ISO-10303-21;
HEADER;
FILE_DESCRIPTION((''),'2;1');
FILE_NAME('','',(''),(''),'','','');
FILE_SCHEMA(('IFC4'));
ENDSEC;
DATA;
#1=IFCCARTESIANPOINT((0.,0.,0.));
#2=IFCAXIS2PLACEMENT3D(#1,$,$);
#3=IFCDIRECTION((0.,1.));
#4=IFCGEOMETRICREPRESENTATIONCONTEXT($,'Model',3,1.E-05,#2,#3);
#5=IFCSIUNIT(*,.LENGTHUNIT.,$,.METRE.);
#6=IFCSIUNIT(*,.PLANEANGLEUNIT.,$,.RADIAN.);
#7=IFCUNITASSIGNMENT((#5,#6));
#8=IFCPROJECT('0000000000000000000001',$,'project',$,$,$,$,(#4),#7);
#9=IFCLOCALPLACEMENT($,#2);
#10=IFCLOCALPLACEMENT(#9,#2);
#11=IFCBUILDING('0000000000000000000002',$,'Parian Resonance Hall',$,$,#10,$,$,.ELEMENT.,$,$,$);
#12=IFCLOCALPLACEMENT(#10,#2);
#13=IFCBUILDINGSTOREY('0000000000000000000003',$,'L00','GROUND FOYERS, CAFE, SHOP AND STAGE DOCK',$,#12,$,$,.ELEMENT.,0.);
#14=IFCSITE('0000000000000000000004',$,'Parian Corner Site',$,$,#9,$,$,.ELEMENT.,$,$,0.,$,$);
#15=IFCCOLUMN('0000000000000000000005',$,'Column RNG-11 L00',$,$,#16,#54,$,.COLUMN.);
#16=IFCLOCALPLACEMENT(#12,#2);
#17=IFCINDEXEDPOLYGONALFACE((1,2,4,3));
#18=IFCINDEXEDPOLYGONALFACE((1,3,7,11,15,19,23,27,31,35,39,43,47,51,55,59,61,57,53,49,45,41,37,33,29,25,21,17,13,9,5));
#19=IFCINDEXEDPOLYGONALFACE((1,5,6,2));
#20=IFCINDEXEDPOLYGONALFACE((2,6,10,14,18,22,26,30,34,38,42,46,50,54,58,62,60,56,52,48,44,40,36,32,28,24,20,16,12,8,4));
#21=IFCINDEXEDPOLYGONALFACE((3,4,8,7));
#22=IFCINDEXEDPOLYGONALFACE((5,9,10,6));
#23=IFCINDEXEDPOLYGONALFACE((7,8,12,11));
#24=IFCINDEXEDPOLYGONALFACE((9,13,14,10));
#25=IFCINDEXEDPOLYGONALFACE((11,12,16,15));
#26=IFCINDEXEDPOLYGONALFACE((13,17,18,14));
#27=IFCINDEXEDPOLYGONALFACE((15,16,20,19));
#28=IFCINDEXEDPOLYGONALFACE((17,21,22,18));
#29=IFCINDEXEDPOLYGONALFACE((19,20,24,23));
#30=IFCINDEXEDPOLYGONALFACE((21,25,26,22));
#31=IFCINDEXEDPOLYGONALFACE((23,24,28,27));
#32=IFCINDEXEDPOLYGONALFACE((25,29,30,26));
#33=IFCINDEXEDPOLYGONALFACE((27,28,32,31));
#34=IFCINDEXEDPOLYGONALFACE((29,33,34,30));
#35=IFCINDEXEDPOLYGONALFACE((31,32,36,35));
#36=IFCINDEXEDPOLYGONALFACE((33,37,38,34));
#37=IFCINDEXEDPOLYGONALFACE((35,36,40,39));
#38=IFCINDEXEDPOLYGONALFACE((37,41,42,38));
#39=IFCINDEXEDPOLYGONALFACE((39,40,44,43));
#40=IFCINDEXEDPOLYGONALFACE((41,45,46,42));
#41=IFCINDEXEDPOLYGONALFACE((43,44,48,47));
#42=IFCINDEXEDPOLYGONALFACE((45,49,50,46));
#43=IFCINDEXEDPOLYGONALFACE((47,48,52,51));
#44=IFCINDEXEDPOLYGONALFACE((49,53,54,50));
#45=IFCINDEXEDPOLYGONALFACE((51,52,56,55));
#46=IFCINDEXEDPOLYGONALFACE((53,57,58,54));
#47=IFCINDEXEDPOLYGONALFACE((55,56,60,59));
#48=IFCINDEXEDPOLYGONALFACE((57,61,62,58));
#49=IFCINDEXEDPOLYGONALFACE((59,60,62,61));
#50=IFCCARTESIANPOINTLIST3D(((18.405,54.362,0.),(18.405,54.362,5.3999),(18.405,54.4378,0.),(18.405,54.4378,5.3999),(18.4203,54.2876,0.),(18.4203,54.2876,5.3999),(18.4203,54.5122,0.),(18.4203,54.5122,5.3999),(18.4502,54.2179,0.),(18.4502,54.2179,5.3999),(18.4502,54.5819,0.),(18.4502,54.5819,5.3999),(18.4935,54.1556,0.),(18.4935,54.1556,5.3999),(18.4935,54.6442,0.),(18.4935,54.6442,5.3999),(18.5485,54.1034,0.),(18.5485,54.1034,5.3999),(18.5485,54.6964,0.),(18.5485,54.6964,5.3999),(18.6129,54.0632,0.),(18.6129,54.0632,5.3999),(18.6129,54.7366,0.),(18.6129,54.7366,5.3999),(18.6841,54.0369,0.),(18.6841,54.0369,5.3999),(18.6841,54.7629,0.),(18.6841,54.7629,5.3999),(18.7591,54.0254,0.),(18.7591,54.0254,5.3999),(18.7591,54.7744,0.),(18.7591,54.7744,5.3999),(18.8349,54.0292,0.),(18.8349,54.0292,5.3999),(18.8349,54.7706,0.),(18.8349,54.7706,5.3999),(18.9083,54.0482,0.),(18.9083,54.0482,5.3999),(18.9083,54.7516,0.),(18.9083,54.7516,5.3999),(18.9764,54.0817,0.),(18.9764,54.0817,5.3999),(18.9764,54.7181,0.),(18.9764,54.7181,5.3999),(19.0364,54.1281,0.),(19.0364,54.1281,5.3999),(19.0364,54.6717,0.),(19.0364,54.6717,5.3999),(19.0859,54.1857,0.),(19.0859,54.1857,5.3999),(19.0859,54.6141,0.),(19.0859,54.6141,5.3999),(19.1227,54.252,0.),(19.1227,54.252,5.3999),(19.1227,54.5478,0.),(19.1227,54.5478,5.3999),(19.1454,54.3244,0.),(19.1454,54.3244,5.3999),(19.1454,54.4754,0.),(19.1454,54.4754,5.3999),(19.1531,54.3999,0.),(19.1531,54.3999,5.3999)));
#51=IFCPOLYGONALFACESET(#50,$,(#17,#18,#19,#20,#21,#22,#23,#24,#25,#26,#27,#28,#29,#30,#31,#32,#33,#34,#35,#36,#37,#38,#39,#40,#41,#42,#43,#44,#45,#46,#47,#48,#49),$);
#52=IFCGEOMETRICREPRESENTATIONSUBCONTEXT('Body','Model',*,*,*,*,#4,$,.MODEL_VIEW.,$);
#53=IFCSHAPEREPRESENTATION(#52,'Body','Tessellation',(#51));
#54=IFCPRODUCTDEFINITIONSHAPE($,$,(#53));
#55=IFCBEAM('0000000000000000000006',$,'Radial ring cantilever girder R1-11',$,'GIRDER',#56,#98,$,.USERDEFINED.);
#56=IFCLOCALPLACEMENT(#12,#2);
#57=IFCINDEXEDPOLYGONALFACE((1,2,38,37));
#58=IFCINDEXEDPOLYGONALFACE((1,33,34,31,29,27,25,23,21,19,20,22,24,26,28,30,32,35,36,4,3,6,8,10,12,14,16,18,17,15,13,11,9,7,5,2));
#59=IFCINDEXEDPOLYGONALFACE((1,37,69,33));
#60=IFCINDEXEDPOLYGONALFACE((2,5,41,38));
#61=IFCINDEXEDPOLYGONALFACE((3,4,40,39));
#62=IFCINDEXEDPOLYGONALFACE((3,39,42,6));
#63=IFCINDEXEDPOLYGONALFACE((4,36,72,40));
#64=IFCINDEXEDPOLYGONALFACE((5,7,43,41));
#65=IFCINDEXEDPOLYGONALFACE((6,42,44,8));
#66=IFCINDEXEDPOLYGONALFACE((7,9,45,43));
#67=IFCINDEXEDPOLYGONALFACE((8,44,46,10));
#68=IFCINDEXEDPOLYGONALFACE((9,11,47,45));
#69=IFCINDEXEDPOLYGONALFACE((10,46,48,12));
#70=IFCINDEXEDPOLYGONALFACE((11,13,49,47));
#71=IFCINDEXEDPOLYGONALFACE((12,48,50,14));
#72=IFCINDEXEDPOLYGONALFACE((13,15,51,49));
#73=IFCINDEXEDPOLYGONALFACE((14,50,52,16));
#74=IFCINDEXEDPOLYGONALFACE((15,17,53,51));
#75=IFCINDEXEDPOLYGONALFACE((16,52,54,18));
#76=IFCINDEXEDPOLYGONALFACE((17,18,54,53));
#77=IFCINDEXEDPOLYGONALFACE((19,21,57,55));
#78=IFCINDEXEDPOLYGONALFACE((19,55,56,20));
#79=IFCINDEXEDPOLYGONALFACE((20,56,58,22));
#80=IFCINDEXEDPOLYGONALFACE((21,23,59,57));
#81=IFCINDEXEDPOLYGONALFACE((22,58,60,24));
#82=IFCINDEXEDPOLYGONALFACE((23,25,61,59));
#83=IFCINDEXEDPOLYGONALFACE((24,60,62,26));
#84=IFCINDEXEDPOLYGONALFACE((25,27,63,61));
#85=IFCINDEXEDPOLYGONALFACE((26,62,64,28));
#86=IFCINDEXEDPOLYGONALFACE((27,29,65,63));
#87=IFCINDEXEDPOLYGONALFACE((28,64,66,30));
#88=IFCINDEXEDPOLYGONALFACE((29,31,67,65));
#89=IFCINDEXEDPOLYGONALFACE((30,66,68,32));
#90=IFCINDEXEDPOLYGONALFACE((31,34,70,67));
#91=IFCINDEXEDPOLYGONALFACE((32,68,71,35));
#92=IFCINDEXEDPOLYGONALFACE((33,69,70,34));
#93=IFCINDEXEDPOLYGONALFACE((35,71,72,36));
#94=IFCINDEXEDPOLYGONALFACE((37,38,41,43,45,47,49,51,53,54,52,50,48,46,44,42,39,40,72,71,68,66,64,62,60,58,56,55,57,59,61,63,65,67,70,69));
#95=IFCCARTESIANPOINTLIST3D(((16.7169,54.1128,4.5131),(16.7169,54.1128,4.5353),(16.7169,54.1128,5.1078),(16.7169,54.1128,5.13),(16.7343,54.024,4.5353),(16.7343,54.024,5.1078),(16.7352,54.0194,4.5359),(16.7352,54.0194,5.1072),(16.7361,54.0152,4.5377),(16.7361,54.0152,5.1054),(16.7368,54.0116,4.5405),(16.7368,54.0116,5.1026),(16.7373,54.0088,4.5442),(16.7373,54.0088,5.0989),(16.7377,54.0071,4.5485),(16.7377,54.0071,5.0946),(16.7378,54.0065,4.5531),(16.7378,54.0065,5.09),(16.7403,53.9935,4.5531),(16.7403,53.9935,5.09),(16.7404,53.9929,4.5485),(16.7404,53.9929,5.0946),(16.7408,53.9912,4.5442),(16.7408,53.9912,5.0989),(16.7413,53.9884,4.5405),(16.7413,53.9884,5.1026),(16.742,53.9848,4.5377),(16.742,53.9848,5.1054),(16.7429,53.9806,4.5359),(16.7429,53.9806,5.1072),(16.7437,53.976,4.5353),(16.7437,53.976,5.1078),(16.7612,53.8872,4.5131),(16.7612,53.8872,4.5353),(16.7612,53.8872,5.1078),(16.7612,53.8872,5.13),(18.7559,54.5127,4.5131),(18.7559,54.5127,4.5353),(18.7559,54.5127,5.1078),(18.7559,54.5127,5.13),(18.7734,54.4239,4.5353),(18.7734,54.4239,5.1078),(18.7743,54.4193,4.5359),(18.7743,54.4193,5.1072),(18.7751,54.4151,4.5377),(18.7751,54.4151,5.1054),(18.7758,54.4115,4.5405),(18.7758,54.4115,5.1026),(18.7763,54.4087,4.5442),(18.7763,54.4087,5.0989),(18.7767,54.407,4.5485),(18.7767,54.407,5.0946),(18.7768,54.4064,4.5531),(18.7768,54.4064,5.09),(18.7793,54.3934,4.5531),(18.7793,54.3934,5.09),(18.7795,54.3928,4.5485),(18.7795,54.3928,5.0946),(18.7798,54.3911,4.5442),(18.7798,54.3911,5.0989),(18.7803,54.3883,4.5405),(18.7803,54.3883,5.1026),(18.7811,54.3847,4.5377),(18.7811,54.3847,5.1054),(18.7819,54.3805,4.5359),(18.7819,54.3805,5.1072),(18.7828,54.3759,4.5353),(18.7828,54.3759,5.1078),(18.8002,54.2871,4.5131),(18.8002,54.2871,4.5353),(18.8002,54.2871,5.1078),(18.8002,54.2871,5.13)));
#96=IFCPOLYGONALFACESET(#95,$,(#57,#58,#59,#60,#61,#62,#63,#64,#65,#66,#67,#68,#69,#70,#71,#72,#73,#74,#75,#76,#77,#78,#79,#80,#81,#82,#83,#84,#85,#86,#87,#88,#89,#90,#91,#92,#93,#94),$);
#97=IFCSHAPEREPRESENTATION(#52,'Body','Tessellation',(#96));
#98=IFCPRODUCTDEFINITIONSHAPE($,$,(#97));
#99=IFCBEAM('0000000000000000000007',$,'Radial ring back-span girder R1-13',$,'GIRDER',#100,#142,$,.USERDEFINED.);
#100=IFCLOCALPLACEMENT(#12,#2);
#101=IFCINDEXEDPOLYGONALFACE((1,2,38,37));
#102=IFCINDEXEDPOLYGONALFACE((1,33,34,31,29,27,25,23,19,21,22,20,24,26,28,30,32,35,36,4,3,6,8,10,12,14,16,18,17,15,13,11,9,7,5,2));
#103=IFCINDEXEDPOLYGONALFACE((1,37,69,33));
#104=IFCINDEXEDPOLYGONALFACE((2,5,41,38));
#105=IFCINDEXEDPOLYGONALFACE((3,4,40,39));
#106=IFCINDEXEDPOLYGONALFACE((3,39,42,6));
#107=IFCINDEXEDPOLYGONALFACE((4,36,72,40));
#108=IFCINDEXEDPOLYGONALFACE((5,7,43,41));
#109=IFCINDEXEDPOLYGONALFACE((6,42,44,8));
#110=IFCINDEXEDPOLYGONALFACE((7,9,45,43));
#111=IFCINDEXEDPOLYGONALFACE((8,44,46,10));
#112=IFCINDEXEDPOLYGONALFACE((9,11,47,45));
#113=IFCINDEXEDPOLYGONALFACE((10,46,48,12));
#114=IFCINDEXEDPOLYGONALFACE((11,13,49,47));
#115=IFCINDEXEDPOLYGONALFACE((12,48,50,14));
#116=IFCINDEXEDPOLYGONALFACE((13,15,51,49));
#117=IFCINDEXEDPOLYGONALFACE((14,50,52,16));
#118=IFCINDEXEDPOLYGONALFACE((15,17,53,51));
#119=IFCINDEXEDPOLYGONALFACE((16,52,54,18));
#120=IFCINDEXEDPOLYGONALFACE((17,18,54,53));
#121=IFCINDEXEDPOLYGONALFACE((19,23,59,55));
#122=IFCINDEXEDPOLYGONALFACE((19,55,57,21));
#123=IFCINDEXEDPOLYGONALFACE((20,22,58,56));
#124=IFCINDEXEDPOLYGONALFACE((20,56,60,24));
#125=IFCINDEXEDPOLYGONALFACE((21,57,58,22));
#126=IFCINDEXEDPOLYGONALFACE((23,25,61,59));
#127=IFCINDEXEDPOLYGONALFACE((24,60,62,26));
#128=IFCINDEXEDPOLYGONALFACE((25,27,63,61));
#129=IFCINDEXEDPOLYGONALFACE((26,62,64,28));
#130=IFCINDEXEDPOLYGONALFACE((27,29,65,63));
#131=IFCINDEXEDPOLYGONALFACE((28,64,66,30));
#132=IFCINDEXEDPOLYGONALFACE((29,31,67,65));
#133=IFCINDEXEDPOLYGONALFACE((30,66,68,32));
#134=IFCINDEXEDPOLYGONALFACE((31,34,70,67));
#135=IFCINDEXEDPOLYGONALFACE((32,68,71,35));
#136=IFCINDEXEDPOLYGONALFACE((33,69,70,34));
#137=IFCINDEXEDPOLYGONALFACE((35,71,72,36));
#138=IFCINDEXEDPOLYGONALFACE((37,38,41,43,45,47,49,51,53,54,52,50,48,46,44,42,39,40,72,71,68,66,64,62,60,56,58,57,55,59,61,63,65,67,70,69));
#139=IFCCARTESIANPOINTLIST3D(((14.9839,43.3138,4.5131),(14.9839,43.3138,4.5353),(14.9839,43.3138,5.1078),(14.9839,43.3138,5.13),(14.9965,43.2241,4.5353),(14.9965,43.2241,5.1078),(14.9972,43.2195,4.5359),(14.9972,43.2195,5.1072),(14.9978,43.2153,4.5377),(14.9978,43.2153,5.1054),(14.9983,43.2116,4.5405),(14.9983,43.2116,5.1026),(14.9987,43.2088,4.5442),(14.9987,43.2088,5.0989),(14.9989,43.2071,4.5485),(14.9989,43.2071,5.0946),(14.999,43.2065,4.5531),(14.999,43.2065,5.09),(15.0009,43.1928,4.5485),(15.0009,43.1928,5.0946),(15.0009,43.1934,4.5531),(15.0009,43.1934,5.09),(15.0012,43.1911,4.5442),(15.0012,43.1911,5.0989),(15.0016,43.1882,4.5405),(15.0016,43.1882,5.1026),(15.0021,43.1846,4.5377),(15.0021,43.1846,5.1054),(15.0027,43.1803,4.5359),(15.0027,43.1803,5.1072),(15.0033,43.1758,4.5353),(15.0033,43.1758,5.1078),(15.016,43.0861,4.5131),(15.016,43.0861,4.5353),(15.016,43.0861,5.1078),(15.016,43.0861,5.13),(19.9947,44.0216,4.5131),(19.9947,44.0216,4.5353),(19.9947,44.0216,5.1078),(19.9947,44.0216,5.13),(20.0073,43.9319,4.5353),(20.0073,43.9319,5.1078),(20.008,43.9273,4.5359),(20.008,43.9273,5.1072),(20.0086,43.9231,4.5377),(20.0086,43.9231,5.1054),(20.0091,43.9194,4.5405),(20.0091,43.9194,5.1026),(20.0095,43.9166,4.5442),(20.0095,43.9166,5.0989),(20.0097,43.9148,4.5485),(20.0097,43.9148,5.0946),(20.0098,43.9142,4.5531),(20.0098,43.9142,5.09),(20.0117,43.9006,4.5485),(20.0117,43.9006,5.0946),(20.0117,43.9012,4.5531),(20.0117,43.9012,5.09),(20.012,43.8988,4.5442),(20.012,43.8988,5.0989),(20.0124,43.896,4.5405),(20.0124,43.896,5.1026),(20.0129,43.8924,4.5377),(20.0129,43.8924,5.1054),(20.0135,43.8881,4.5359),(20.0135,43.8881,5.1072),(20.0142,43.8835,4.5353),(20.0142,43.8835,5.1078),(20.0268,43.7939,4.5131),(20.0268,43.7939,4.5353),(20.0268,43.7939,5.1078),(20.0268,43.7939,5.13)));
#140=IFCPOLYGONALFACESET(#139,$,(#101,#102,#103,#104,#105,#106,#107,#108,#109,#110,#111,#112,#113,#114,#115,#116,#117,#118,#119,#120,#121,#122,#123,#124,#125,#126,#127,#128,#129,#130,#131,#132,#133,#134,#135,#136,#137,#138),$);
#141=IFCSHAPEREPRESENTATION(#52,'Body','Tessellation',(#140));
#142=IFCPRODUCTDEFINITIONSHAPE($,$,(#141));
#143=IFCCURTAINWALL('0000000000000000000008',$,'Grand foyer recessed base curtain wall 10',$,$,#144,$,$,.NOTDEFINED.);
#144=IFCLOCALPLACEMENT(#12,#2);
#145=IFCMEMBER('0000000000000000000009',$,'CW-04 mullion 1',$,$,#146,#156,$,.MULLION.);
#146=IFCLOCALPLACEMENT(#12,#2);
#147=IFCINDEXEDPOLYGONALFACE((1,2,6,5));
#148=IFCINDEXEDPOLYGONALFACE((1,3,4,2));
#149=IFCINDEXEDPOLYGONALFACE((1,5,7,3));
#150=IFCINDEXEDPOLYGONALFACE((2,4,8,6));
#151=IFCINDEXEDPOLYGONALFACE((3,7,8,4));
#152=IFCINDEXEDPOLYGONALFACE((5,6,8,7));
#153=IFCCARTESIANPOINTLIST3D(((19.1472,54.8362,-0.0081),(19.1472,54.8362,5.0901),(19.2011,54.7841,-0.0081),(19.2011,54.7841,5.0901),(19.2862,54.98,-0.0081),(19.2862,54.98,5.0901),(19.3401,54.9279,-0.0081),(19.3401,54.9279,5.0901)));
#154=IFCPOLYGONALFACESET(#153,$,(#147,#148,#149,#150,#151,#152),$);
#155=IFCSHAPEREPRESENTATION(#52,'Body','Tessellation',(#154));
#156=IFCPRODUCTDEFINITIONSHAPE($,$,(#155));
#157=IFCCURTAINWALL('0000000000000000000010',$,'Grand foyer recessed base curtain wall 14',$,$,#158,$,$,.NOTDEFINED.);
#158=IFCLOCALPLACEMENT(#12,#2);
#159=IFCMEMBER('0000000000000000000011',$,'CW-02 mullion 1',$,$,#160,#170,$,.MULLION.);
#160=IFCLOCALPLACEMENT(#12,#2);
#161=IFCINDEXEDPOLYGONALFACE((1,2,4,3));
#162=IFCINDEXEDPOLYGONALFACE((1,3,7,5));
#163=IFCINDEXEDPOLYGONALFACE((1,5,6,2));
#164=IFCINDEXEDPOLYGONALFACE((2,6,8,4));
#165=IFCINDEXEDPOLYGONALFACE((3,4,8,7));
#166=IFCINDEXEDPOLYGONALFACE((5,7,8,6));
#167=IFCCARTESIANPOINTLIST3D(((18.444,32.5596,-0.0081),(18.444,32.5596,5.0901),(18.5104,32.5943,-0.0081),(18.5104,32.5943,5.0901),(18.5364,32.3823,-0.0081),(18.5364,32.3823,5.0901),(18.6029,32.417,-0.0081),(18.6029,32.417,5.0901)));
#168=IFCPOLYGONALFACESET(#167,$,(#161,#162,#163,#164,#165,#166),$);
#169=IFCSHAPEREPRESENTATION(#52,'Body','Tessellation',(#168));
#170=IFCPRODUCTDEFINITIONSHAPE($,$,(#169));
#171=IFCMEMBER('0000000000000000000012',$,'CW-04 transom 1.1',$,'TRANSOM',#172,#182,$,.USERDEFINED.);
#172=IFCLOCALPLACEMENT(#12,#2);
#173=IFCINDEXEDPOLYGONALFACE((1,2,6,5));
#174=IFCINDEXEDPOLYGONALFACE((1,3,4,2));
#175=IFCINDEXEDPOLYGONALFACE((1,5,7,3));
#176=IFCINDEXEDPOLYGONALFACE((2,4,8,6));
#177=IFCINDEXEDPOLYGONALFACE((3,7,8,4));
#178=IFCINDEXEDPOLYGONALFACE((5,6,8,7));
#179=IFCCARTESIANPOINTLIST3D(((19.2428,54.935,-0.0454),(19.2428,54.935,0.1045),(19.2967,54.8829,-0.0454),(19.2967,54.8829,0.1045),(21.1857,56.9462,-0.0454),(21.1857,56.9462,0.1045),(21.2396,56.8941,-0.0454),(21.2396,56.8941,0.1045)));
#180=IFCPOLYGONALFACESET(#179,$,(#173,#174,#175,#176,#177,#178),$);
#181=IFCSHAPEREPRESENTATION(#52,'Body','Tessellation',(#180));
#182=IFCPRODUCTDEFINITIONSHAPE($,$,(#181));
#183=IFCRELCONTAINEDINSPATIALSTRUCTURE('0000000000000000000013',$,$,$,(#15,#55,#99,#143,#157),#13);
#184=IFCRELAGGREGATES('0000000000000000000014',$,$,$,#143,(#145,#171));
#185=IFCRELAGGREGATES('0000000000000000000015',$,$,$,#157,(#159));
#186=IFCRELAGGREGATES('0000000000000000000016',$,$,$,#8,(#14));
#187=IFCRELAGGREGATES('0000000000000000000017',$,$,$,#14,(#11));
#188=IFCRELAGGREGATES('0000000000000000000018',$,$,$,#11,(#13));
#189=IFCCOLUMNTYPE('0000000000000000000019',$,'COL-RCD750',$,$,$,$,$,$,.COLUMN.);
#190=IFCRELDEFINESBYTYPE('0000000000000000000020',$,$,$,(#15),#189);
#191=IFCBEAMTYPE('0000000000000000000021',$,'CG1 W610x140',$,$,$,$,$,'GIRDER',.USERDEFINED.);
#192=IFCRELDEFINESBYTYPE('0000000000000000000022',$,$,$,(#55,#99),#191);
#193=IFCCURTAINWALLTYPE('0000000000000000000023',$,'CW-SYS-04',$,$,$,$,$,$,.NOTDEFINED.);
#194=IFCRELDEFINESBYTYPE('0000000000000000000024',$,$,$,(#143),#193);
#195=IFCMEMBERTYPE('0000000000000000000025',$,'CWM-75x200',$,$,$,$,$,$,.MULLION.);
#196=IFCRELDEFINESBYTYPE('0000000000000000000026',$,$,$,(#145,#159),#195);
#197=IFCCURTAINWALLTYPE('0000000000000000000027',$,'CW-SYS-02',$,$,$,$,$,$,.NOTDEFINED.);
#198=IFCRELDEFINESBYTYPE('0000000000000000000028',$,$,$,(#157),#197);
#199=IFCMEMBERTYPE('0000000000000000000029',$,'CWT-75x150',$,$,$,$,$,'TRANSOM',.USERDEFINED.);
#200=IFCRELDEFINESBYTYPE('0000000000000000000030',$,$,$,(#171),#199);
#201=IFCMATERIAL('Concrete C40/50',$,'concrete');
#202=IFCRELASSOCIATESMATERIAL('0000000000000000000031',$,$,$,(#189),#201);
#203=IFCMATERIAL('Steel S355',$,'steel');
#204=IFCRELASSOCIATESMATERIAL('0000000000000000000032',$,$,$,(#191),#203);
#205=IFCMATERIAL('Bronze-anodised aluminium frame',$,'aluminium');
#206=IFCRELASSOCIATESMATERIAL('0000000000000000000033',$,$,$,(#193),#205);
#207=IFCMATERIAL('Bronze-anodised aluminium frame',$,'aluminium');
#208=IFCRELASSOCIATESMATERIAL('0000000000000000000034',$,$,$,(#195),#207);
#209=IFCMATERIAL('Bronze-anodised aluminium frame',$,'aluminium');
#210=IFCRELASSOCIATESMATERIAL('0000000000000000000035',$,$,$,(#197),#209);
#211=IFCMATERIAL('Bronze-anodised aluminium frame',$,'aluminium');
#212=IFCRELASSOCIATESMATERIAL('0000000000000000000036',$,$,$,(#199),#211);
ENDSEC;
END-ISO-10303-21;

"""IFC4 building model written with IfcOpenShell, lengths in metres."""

from ifc_helpers import new_model, si_unit, direction, frame, origin, origin_2d, place, context, subcontext, project, spatial, rectangle, circle, i_section, extrude, material, material_profile, profile_set, type_object, element, aggregate, save


model = new_model("IFC4")

# Units and contexts
model_context = context("Model", 3, precision=1e-05, world=origin(), true_north=direction((0.0, 1.0)))
body_context = subcontext(model_context, "Body", "Model", "MODEL_VIEW")
ifc_project = project(units=[si_unit("LENGTHUNIT", "METRE"), si_unit("PLANEANGLEUNIT", "RADIAN")], contexts=[model_context])

# Site, building, storey
site_placement = place(None, origin())
site = spatial("IfcSite", under=ifc_project, at=site_placement, Name="Parian Corner Site", CompositionType="ELEMENT", RefElevation=0.0)
building_placement = place(site_placement, origin())
building = spatial("IfcBuilding", under=site, at=building_placement, Name="Parian Resonance Hall", CompositionType="ELEMENT")
storey_placement = place(building_placement, origin())
storey = spatial("IfcBuildingStorey", under=building, at=storey_placement, Name="L00", Description="GROUND FOYERS, CAFE, SHOP AND STAGE DOCK", CompositionType="ELEMENT", Elevation=0.0)

# Column
ifc_material_1 = material(Name="Concrete C40/50", Category="concrete")
ifc_material_profile_1 = material_profile(ifc_material_1, circle(Radius=0.375, at=origin_2d()), Name="RC-COL-D750")
ifc_profile_set_1 = profile_set([ifc_material_profile_1], Name="Concrete C40/50")
column_type = type_object("IfcColumnType", Name="COL-RCD750", PredefinedType="COLUMN", material=ifc_profile_set_1)
column_placement = place(storey_placement, frame((18.7781, 54.3999, 0.0), z_axis=(0.0, 0.0, 1.0), x_axis=(1.0, 0.0, 0.0)))
element("IfcColumn", 1, at=column_placement, inside=storey, type_object=column_type, Name="Column RNG-11 L00", PredefinedType="COLUMN", context=body_context, shape_type="SweptSolid", body=[
    extrude(circle(Radius=0.375, at=origin_2d()), origin(), (0.0, 0.0, 1.0), 5.3999),
])

# Beams
ifc_material_2 = material(Name="Steel S355", Category="steel")
ifc_material_profile_2 = material_profile(ifc_material_2, i_section(OverallWidth=0.23, OverallDepth=0.6169, WebThickness=0.0132, FlangeThickness=0.0222, FilletRadius=0.0178, at=origin_2d()), Name="W610x140")
ifc_profile_set_2 = profile_set([ifc_material_profile_2], Name="Steel S355")
beam_type = type_object("IfcBeamType", Name="CG1 W610x140", ElementType="GIRDER", PredefinedType="USERDEFINED", material=ifc_profile_set_2)
beam_1_placement = place(storey_placement, frame((18.7781, 54.3999, 4.8215), z_axis=(-0.981306, -0.192454, 0.0), x_axis=(0.192454, -0.981306, 0.0)))
element("IfcBeam", 2, at=beam_1_placement, inside=storey, type_object=beam_type, Name="Radial ring cantilever girder R1-11", ObjectType="GIRDER", PredefinedType="USERDEFINED", context=body_context, shape_type="SweptSolid", body=[
    extrude(i_section(OverallWidth=0.23, OverallDepth=0.6169, WebThickness=0.0132, FlangeThickness=0.0222, FilletRadius=0.0178, at=origin_2d()), origin(), (0.0, 0.0, 1.0), 2.0779),
])
beam_2_placement = place(storey_placement, frame((20.0107, 43.9077, 4.8215), z_axis=(-0.990171, -0.139861, 0.0), x_axis=(0.139861, -0.990171, 0.0)))
element("IfcBeam", 3, at=beam_2_placement, inside=storey, type_object=beam_type, Name="Radial ring back-span girder R1-13", ObjectType="GIRDER", PredefinedType="USERDEFINED", context=body_context, shape_type="SweptSolid", body=[
    extrude(i_section(OverallWidth=0.23, OverallDepth=0.6169, WebThickness=0.0132, FlangeThickness=0.0222, FilletRadius=0.0178, at=origin_2d()), origin(), (0.0, 0.0, 1.0), 5.0605),
])

# Curtain walls, members
ifc_material_3 = material(Name="Bronze-anodised aluminium frame", Category="aluminium")
curtain_wall_type_1 = type_object("IfcCurtainWallType", Name="CW-SYS-04", PredefinedType="NOTDEFINED", material=ifc_material_3)
curtain_wall_1_placement = place(storey_placement, origin())
curtain_wall_1 = element("IfcCurtainWall", 4, at=curtain_wall_1_placement, inside=storey, type_object=curtain_wall_type_1, Name="Grand foyer recessed base curtain wall 10", PredefinedType="NOTDEFINED")
ifc_material_4 = material(Name="Bronze-anodised aluminium frame", Category="aluminium")
ifc_material_profile_3 = material_profile(ifc_material_4, rectangle(XDim=0.075, YDim=0.2, at=origin_2d()), Name="CWM-75x200")
ifc_profile_set_3 = profile_set([ifc_material_profile_3], Name="Bronze-anodised aluminium frame")
member_type_1 = type_object("IfcMemberType", Name="CWM-75x200", PredefinedType="MULLION", material=ifc_profile_set_3)
member_1_placement = place(storey_placement, frame((19.2437, 54.8821, -0.0081), z_axis=(0.0, 0.0, 1.0), x_axis=(-0.719223, 0.69478, 0.0)))
member_1 = element("IfcMember", 5, at=member_1_placement, type_object=member_type_1, Name="CW-04 mullion 1", PredefinedType="MULLION", context=body_context, shape_type="SweptSolid", body=[
    extrude(rectangle(XDim=0.075, YDim=0.2, at=origin_2d()), origin(), (0.0, 0.0, 1.0), 5.0981),
])
ifc_material_5 = material(Name="Bronze-anodised aluminium frame", Category="aluminium")
curtain_wall_type_2 = type_object("IfcCurtainWallType", Name="CW-SYS-02", PredefinedType="NOTDEFINED", material=ifc_material_5)
curtain_wall_2_placement = place(storey_placement, origin())
curtain_wall_2 = element("IfcCurtainWall", 6, at=curtain_wall_2_placement, inside=storey, type_object=curtain_wall_type_2, Name="Grand foyer recessed base curtain wall 14", PredefinedType="NOTDEFINED")
member_2_placement = place(storey_placement, frame((18.5234, 32.4883, -0.0081), z_axis=(0.0, 0.0, 1.0), x_axis=(-0.886691, -0.462362, 0.0)))
member_2 = element("IfcMember", 7, at=member_2_placement, type_object=member_type_1, Name="CW-02 mullion 1", PredefinedType="MULLION", context=body_context, shape_type="SweptSolid", body=[
    extrude(rectangle(XDim=0.075, YDim=0.2, at=origin_2d()), origin(), (0.0, 0.0, 1.0), 5.0981),
])

# Member
ifc_material_6 = material(Name="Bronze-anodised aluminium frame", Category="aluminium")
ifc_material_profile_4 = material_profile(ifc_material_6, rectangle(XDim=0.075, YDim=0.1499, at=origin_2d()), Name="CWT-75x150")
ifc_profile_set_4 = profile_set([ifc_material_profile_4], Name="Bronze-anodised aluminium frame")
member_type_2 = type_object("IfcMemberType", Name="CWT-75x150", ElementType="TRANSOM", PredefinedType="USERDEFINED", material=ifc_profile_set_4)
member_3_placement = place(storey_placement, frame((19.2698, 54.9089, 0.0295), z_axis=(0.694778, 0.719224, 0.0), x_axis=(-0.719224, 0.694778, 0.0)))
member_3 = element("IfcMember", 8, at=member_3_placement, type_object=member_type_2, Name="CW-04 transom 1.1", ObjectType="TRANSOM", PredefinedType="USERDEFINED", context=body_context, shape_type="SweptSolid", body=[
    extrude(rectangle(XDim=0.075, YDim=0.1499, at=origin_2d()), origin(), (0.0, 0.0, 1.0), 2.7964),
])

aggregate(curtain_wall_1, [member_1, member_3])
aggregate(curtain_wall_2, [member_2])

save(model, "model.ifc")
